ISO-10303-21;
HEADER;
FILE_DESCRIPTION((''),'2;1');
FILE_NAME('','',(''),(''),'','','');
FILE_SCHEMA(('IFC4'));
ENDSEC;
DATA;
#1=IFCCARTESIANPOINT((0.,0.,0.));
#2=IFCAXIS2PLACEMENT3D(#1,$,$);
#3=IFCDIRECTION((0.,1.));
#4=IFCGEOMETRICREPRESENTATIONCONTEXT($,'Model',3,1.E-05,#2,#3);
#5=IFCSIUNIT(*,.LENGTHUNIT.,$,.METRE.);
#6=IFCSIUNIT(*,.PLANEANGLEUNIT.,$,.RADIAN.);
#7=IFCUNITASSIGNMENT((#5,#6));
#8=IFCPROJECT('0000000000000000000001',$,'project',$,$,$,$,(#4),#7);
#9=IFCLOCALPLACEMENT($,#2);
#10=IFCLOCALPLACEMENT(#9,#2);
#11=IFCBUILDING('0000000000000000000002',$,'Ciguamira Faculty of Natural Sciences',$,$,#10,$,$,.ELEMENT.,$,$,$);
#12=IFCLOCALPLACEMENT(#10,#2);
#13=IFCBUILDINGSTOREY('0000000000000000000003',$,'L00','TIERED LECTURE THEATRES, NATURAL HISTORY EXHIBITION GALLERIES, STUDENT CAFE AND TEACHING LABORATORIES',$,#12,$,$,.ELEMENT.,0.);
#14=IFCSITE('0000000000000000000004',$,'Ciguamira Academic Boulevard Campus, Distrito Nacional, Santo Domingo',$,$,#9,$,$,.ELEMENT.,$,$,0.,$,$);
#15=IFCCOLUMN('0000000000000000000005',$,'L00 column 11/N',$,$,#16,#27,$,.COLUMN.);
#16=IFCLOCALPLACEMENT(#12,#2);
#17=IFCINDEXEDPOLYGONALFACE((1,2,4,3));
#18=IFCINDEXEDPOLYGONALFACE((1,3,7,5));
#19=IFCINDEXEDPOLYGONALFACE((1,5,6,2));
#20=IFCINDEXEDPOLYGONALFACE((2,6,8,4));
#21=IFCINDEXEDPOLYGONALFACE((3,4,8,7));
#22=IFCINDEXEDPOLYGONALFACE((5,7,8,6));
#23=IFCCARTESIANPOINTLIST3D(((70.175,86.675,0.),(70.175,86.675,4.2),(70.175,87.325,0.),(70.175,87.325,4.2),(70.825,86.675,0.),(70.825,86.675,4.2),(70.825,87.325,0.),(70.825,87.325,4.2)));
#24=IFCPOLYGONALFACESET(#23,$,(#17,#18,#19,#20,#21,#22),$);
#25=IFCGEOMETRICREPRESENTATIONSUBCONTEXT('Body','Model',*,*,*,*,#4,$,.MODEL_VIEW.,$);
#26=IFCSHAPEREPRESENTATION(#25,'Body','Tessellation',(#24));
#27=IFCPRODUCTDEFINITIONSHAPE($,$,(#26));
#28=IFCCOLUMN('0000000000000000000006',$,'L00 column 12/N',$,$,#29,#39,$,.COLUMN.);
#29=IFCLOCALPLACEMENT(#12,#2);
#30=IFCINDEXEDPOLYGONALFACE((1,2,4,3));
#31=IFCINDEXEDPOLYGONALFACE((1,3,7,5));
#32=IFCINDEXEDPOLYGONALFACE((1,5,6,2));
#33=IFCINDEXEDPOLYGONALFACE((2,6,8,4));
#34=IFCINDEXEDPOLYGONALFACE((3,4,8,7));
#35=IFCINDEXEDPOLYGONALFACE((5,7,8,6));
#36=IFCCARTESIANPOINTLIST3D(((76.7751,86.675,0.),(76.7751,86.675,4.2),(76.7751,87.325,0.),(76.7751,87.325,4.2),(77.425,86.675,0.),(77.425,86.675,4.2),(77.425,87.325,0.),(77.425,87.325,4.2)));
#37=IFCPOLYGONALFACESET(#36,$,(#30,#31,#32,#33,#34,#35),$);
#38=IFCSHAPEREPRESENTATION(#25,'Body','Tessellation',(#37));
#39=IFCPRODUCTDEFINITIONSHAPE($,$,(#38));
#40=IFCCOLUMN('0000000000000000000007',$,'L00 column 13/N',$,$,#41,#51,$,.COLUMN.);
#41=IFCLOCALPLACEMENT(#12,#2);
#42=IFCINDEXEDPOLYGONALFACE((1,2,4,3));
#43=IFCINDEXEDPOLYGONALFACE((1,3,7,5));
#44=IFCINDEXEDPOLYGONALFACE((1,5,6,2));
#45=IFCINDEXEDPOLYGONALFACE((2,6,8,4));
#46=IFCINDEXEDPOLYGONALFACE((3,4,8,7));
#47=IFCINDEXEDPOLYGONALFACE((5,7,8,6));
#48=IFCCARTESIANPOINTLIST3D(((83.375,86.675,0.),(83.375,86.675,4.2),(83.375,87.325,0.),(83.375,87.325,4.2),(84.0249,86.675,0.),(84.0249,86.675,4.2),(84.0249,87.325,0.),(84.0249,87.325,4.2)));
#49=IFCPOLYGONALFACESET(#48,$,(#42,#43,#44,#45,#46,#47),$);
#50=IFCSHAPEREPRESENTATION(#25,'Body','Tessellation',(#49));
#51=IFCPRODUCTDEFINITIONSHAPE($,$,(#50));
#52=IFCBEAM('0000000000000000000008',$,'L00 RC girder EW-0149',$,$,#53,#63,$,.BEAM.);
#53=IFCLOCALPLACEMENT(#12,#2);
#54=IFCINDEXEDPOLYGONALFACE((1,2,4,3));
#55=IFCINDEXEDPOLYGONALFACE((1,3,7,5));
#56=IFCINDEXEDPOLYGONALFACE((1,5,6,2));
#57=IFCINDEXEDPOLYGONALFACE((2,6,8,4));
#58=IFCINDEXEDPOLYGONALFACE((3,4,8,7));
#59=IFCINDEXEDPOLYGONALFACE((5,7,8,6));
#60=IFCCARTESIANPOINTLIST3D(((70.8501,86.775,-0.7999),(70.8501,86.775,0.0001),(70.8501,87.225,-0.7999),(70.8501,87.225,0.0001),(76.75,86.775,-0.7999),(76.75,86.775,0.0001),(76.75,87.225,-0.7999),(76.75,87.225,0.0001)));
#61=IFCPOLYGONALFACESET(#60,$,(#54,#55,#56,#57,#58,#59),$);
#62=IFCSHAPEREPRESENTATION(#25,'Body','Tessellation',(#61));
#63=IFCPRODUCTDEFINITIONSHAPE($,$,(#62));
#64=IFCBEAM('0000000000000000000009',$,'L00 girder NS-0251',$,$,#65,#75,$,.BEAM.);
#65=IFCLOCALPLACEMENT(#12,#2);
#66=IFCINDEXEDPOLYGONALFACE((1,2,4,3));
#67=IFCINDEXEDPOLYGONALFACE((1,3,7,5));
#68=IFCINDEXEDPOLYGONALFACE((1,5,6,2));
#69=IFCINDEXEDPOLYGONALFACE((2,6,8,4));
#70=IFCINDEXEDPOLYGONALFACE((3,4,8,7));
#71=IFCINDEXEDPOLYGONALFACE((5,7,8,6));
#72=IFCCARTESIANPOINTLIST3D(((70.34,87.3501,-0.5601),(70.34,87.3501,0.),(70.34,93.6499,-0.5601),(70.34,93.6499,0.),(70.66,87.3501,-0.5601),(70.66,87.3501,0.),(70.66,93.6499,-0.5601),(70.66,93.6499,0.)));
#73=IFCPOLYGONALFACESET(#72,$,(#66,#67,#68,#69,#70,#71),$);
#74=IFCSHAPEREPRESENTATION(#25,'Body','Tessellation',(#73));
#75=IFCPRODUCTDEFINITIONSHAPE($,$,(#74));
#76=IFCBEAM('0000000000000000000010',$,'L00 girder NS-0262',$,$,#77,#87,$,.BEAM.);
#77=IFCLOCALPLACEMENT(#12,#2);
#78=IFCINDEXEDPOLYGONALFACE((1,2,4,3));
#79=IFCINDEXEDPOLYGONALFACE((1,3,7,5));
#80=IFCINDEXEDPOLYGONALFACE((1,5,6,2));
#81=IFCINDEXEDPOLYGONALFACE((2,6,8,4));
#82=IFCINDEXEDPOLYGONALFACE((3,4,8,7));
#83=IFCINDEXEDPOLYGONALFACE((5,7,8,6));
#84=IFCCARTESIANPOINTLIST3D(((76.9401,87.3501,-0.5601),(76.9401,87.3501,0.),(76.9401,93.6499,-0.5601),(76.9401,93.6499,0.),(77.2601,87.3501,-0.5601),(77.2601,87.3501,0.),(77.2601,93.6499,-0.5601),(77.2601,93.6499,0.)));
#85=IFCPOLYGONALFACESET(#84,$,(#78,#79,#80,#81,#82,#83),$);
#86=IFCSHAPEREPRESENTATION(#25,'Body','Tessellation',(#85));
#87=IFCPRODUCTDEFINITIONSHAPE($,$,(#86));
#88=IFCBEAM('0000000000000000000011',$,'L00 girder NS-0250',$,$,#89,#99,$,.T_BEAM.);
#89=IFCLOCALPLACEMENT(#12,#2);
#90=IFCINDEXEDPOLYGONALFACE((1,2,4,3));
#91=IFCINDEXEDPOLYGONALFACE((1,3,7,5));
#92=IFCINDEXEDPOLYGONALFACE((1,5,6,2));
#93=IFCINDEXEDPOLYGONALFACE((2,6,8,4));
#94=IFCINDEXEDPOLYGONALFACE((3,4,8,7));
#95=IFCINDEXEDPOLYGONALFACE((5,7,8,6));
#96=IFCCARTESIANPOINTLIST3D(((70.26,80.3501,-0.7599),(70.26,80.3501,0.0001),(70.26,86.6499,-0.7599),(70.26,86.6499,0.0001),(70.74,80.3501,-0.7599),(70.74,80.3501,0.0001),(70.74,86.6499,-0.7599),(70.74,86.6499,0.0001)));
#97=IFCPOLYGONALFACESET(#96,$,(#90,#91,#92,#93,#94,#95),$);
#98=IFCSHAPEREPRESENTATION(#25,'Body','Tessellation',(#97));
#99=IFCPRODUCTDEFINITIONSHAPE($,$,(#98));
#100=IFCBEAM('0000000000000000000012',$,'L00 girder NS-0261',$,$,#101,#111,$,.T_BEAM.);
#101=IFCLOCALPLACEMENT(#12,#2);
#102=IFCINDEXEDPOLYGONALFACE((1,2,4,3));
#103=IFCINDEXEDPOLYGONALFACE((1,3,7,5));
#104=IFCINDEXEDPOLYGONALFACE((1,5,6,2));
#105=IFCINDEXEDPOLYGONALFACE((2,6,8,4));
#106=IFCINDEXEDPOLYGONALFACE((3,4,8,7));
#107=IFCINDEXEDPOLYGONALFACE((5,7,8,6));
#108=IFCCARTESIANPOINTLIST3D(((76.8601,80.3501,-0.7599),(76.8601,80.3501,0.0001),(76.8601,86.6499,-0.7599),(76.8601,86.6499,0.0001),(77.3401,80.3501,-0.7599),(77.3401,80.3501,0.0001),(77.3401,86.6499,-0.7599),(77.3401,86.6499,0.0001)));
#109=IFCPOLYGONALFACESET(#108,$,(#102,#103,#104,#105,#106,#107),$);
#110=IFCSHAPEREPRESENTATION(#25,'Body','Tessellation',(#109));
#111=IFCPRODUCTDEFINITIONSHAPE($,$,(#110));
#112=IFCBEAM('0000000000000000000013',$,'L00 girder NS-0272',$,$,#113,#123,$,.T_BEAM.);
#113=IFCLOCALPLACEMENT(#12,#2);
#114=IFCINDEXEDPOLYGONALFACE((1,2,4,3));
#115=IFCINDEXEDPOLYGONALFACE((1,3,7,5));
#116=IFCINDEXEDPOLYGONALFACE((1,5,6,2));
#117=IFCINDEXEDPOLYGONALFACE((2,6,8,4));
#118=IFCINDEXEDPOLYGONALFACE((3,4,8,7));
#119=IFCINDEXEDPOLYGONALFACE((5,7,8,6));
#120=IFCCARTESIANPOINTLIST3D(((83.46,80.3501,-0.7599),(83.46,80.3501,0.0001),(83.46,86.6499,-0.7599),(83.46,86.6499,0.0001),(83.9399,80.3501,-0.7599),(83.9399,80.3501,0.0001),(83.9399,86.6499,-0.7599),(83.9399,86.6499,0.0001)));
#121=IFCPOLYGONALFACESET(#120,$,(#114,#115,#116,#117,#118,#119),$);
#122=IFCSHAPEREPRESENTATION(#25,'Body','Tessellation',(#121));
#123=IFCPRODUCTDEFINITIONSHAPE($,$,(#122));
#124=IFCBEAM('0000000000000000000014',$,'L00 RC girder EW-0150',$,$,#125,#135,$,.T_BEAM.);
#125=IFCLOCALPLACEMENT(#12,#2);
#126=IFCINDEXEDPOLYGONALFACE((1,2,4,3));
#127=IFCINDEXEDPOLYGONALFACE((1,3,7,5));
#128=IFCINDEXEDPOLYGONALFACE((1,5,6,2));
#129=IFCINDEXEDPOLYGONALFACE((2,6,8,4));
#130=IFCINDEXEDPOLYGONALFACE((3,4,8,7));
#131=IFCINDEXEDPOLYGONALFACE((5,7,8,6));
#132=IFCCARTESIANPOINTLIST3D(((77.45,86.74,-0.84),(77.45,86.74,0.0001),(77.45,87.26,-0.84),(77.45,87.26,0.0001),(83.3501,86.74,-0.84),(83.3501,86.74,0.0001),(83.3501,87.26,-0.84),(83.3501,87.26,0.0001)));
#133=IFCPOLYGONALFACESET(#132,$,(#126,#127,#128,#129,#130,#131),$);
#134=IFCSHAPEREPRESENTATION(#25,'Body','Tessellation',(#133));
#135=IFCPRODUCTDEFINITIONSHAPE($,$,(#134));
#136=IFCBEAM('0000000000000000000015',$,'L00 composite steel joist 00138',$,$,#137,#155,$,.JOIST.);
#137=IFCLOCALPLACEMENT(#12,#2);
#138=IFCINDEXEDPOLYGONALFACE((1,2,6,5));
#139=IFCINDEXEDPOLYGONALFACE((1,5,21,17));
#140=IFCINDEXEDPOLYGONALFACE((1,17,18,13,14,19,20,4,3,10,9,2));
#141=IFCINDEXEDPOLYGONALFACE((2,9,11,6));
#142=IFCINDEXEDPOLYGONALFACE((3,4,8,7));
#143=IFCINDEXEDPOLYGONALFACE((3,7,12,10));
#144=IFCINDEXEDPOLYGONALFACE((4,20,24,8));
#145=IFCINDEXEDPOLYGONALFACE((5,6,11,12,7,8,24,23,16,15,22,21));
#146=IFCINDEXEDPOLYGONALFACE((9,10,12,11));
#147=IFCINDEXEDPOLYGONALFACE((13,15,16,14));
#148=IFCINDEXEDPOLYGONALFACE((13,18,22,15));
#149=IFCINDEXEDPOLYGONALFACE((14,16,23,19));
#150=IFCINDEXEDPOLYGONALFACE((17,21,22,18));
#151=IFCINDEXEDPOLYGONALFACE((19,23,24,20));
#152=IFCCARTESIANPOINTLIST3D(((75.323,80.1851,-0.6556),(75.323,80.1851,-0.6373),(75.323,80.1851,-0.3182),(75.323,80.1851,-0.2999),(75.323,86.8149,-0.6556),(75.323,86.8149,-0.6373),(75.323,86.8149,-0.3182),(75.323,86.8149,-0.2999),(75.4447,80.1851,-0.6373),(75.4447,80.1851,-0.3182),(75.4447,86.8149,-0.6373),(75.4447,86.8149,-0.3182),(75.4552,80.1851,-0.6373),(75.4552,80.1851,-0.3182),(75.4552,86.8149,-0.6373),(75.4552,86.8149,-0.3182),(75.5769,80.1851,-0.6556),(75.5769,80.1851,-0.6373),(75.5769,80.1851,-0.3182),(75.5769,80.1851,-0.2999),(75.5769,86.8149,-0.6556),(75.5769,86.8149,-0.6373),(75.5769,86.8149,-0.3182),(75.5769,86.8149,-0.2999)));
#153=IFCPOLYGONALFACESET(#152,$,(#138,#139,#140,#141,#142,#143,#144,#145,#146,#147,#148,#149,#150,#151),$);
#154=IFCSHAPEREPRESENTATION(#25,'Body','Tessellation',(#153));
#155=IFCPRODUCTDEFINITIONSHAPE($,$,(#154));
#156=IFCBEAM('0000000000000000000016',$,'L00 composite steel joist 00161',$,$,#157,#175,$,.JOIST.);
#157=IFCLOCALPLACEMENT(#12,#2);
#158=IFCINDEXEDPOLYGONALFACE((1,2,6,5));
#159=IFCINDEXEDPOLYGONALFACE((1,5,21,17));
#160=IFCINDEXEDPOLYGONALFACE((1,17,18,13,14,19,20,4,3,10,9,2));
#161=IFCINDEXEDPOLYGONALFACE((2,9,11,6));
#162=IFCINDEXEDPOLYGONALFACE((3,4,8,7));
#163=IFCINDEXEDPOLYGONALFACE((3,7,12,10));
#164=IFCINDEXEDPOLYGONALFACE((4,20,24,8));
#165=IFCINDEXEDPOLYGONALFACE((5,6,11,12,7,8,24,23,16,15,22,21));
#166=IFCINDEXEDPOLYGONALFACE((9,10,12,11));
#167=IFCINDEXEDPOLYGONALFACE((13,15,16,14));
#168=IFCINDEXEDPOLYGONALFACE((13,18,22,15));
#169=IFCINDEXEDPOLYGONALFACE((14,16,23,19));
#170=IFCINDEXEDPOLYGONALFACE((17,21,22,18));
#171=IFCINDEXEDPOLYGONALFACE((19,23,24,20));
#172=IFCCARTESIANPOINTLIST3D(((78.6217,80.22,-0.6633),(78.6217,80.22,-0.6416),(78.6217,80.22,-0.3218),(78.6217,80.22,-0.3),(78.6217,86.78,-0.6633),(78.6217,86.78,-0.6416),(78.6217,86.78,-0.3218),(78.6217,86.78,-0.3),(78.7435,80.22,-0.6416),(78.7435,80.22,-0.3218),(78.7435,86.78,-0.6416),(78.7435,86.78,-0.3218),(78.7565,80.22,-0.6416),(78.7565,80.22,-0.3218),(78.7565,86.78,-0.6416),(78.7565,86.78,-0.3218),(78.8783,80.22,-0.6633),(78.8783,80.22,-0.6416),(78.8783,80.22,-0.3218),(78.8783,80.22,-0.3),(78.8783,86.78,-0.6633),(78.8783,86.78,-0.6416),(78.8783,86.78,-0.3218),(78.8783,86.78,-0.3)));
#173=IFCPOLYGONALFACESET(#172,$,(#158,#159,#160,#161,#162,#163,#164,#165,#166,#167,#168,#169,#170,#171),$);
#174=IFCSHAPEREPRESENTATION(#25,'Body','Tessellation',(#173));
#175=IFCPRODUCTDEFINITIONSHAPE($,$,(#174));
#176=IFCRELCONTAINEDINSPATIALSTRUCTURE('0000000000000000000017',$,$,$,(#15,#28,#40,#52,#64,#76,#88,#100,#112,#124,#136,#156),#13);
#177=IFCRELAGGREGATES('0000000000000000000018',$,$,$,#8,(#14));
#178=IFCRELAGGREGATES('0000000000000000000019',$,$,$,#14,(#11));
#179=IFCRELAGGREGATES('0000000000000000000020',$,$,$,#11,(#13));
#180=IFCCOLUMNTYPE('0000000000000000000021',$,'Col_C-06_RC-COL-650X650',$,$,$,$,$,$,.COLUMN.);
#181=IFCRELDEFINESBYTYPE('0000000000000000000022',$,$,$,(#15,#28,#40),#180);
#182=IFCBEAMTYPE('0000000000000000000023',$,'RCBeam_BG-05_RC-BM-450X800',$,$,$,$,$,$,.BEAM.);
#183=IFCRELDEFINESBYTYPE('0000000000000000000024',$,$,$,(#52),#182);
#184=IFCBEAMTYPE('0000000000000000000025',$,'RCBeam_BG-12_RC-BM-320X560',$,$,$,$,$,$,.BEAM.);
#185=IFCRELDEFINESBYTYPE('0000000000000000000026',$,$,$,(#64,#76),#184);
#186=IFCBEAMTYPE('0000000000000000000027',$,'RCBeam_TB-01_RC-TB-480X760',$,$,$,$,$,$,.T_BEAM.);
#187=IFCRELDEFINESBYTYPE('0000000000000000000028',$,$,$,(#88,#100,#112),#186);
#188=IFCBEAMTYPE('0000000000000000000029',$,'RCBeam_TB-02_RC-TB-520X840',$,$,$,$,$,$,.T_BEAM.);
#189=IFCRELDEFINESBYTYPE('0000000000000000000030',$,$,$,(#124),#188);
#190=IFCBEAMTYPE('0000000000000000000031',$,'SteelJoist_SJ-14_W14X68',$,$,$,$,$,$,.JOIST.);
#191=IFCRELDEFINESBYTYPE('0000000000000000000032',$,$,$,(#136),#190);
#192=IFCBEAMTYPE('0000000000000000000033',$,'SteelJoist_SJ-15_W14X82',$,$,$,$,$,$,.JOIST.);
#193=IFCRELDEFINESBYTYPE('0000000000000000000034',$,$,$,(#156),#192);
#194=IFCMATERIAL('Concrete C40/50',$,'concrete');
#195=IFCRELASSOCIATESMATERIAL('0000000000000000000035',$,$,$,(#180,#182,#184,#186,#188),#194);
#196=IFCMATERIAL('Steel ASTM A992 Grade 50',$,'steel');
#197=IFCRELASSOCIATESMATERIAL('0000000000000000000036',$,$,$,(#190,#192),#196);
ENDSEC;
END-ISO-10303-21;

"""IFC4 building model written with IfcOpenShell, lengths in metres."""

from ifc_helpers import new_model, si_unit, direction, frame, origin, origin_2d, place, context, subcontext, project, spatial, rectangle, i_section, extrude, material, material_profile, profile_set, type_object, element, save


model = new_model("IFC4")

# Units and contexts
model_context = context("Model", 3, precision=1e-05, world=origin(), true_north=direction((0.0, 1.0)))
body_context = subcontext(model_context, "Body", "Model", "MODEL_VIEW")
ifc_project = project(units=[si_unit("LENGTHUNIT", "METRE"), si_unit("PLANEANGLEUNIT", "RADIAN")], contexts=[model_context])

# Site, building, storey
site_placement = place(None, origin())
site = spatial("IfcSite", under=ifc_project, at=site_placement, Name="Ciguamira Academic Boulevard Campus, Distrito Nacional, Santo Domingo", CompositionType="ELEMENT", RefElevation=0.0)
building_placement = place(site_placement, origin())
building = spatial("IfcBuilding", under=site, at=building_placement, Name="Ciguamira Faculty of Natural Sciences", CompositionType="ELEMENT")
storey_placement = place(building_placement, origin())
storey = spatial("IfcBuildingStorey", under=building, at=storey_placement, Name="L00", Description="TIERED LECTURE THEATRES, NATURAL HISTORY EXHIBITION GALLERIES, STUDENT CAFE AND TEACHING LABORATORIES", CompositionType="ELEMENT", Elevation=0.0)

# Columns
ifc_material_1 = material(Name="Concrete C40/50", Category="concrete")
ifc_material_profile_1 = material_profile(ifc_material_1, rectangle(XDim=0.6499, YDim=0.6499, at=origin_2d()), Name="RC-COL-650X650")
ifc_profile_set_1 = profile_set([ifc_material_profile_1], Name="Concrete C40/50")
column_type = type_object("IfcColumnType", Name="Col_C-06_RC-COL-650X650", PredefinedType="COLUMN", material=ifc_profile_set_1)
for number, where, z_axis, x_axis, name in (
    (1, (70.5, 87.0, 0.0), (0.0, 0.0, 1.0), (1.0, 0.0, 0.0), "L00 column 11/N"),
    (2, (77.1001, 87.0, 0.0), (0.0, 0.0, 1.0), (1.0, 0.0, 0.0), "L00 column 12/N"),
    (3, (83.7, 87.0, 0.0), (0.0, 0.0, 1.0), (1.0, 0.0, 0.0), "L00 column 13/N"),
):
    element("IfcColumn", number, at=place(storey_placement, frame(where, z_axis=z_axis, x_axis=x_axis)), inside=storey, type_object=column_type, Name=name, PredefinedType="COLUMN", context=body_context, shape_type="SweptSolid", body=[
        extrude(rectangle(XDim=0.6499, YDim=0.6499, at=origin_2d()), origin(), (0.0, 0.0, 1.0), 4.2),
    ])

# Beams
ifc_material_profile_2 = material_profile(ifc_material_1, rectangle(XDim=0.45, YDim=0.8, at=origin_2d()), Name="RC-BM-450X800")
ifc_profile_set_2 = profile_set([ifc_material_profile_2], Name="Concrete C40/50")
beam_type_1 = type_object("IfcBeamType", Name="RCBeam_BG-05_RC-BM-450X800", PredefinedType="BEAM", material=ifc_profile_set_2)
beam_1_placement = place(storey_placement, frame((70.8501, 87.0, -0.3999), z_axis=(1.0, 0.0, 0.0), x_axis=(0.0, 1.0, 0.0)))
element("IfcBeam", 4, at=beam_1_placement, inside=storey, type_object=beam_type_1, Name="L00 RC girder EW-0149", PredefinedType="BEAM", context=body_context, shape_type="SweptSolid", body=[
    extrude(rectangle(XDim=0.45, YDim=0.8, at=origin_2d()), origin(), (0.0, 0.0, 1.0), 5.8999),
])
ifc_material_profile_3 = material_profile(ifc_material_1, rectangle(XDim=0.3201, YDim=0.5601, at=origin_2d()), Name="RC-BM-320X560")
ifc_profile_set_3 = profile_set([ifc_material_profile_3], Name="Concrete C40/50")
beam_type_2 = type_object("IfcBeamType", Name="RCBeam_BG-12_RC-BM-320X560", PredefinedType="BEAM", material=ifc_profile_set_3)
for number, where, z_axis, x_axis, name in (
    (5, (70.5, 87.3501, -0.28), (0.0, 1.0, 0.0), (-1.0, 0.0, 0.0), "L00 girder NS-0251"),
    (6, (77.1001, 87.3501, -0.28), (0.0, 1.0, 0.0), (-1.0, 0.0, 0.0), "L00 girder NS-0262"),
):
    element("IfcBeam", number, at=place(storey_placement, frame(where, z_axis=z_axis, x_axis=x_axis)), inside=storey, type_object=beam_type_2, Name=name, PredefinedType="BEAM", context=body_context, shape_type="SweptSolid", body=[
        extrude(rectangle(XDim=0.3201, YDim=0.5601, at=origin_2d()), origin(), (0.0, 0.0, 1.0), 6.2998),
    ])
ifc_material_profile_4 = material_profile(ifc_material_1, rectangle(XDim=0.48, YDim=0.76, at=origin_2d()), Name="RC-TB-480X760")
ifc_profile_set_4 = profile_set([ifc_material_profile_4], Name="Concrete C40/50")
beam_type_3 = type_object("IfcBeamType", Name="RCBeam_TB-01_RC-TB-480X760", PredefinedType="T_BEAM", material=ifc_profile_set_4)
for number, where, z_axis, x_axis, name in (
    (7, (70.5, 80.3501, -0.3799), (0.0, 1.0, 0.0), (-1.0, 0.0, 0.0), "L00 girder NS-0250"),
    (8, (77.1001, 80.3501, -0.3799), (0.0, 1.0, 0.0), (-1.0, 0.0, 0.0), "L00 girder NS-0261"),
    (9, (83.7, 80.3501, -0.3799), (0.0, 1.0, 0.0), (-1.0, 0.0, 0.0), "L00 girder NS-0272"),
):
    element("IfcBeam", number, at=place(storey_placement, frame(where, z_axis=z_axis, x_axis=x_axis)), inside=storey, type_object=beam_type_3, Name=name, PredefinedType="T_BEAM", context=body_context, shape_type="SweptSolid", body=[
        extrude(rectangle(XDim=0.48, YDim=0.76, at=origin_2d()), origin(), (0.0, 0.0, 1.0), 6.2998),
    ])
ifc_material_profile_5 = material_profile(ifc_material_1, rectangle(XDim=0.52, YDim=0.8401, at=origin_2d()), Name="RC-TB-520X840")
ifc_profile_set_5 = profile_set([ifc_material_profile_5], Name="Concrete C40/50")
beam_type_4 = type_object("IfcBeamType", Name="RCBeam_TB-02_RC-TB-520X840", PredefinedType="T_BEAM", material=ifc_profile_set_5)
beam_2_placement = place(storey_placement, frame((77.45, 87.0, -0.4199), z_axis=(1.0, 0.0, 0.0), x_axis=(0.0, 1.0, 0.0)))
element("IfcBeam", 10, at=beam_2_placement, inside=storey, type_object=beam_type_4, Name="L00 RC girder EW-0150", PredefinedType="T_BEAM", context=body_context, shape_type="SweptSolid", body=[
    extrude(rectangle(XDim=0.52, YDim=0.8401, at=origin_2d()), origin(), (0.0, 0.0, 1.0), 5.9001),
])
ifc_material_2 = material(Name="Steel ASTM A992 Grade 50", Category="steel")
ifc_material_profile_6 = material_profile(ifc_material_2, i_section(OverallWidth=0.2539, OverallDepth=0.3557, WebThickness=0.0105, FlangeThickness=0.0183, at=origin_2d()), Name="W14X68")
ifc_profile_set_6 = profile_set([ifc_material_profile_6], Name="Steel ASTM A992 Grade 50")
beam_type_5 = type_object("IfcBeamType", Name="SteelJoist_SJ-14_W14X68", PredefinedType="JOIST", material=ifc_profile_set_6)
beam_3_placement = place(storey_placement, frame((75.45, 80.1851, -0.4778), z_axis=(0.0, 1.0, 0.0), x_axis=(-1.0, 0.0, 0.0)))
element("IfcBeam", 11, at=beam_3_placement, inside=storey, type_object=beam_type_5, Name="L00 composite steel joist 00138", PredefinedType="JOIST", context=body_context, shape_type="SweptSolid", body=[
    extrude(i_section(OverallWidth=0.2539, OverallDepth=0.3557, WebThickness=0.0105, FlangeThickness=0.0183, at=origin_2d()), origin(), (0.0, 0.0, 1.0), 6.6299),
])
ifc_material_profile_7 = material_profile(ifc_material_2, i_section(OverallWidth=0.2566, OverallDepth=0.3633, WebThickness=0.0129, FlangeThickness=0.0217, at=origin_2d()), Name="W14X82")
ifc_profile_set_7 = profile_set([ifc_material_profile_7], Name="Steel ASTM A992 Grade 50")
beam_type_6 = type_object("IfcBeamType", Name="SteelJoist_SJ-15_W14X82", PredefinedType="JOIST", material=ifc_profile_set_7)
beam_4_placement = place(storey_placement, frame((78.75, 80.22, -0.4817), z_axis=(0.0, 1.0, 0.0), x_axis=(-1.0, 0.0, 0.0)))
element("IfcBeam", 12, at=beam_4_placement, inside=storey, type_object=beam_type_6, Name="L00 composite steel joist 00161", PredefinedType="JOIST", context=body_context, shape_type="SweptSolid", body=[
    extrude(i_section(OverallWidth=0.2566, OverallDepth=0.3633, WebThickness=0.0129, FlangeThickness=0.0217, at=origin_2d()), origin(), (0.0, 0.0, 1.0), 6.5601),
])

save(model, "model.ifc")
